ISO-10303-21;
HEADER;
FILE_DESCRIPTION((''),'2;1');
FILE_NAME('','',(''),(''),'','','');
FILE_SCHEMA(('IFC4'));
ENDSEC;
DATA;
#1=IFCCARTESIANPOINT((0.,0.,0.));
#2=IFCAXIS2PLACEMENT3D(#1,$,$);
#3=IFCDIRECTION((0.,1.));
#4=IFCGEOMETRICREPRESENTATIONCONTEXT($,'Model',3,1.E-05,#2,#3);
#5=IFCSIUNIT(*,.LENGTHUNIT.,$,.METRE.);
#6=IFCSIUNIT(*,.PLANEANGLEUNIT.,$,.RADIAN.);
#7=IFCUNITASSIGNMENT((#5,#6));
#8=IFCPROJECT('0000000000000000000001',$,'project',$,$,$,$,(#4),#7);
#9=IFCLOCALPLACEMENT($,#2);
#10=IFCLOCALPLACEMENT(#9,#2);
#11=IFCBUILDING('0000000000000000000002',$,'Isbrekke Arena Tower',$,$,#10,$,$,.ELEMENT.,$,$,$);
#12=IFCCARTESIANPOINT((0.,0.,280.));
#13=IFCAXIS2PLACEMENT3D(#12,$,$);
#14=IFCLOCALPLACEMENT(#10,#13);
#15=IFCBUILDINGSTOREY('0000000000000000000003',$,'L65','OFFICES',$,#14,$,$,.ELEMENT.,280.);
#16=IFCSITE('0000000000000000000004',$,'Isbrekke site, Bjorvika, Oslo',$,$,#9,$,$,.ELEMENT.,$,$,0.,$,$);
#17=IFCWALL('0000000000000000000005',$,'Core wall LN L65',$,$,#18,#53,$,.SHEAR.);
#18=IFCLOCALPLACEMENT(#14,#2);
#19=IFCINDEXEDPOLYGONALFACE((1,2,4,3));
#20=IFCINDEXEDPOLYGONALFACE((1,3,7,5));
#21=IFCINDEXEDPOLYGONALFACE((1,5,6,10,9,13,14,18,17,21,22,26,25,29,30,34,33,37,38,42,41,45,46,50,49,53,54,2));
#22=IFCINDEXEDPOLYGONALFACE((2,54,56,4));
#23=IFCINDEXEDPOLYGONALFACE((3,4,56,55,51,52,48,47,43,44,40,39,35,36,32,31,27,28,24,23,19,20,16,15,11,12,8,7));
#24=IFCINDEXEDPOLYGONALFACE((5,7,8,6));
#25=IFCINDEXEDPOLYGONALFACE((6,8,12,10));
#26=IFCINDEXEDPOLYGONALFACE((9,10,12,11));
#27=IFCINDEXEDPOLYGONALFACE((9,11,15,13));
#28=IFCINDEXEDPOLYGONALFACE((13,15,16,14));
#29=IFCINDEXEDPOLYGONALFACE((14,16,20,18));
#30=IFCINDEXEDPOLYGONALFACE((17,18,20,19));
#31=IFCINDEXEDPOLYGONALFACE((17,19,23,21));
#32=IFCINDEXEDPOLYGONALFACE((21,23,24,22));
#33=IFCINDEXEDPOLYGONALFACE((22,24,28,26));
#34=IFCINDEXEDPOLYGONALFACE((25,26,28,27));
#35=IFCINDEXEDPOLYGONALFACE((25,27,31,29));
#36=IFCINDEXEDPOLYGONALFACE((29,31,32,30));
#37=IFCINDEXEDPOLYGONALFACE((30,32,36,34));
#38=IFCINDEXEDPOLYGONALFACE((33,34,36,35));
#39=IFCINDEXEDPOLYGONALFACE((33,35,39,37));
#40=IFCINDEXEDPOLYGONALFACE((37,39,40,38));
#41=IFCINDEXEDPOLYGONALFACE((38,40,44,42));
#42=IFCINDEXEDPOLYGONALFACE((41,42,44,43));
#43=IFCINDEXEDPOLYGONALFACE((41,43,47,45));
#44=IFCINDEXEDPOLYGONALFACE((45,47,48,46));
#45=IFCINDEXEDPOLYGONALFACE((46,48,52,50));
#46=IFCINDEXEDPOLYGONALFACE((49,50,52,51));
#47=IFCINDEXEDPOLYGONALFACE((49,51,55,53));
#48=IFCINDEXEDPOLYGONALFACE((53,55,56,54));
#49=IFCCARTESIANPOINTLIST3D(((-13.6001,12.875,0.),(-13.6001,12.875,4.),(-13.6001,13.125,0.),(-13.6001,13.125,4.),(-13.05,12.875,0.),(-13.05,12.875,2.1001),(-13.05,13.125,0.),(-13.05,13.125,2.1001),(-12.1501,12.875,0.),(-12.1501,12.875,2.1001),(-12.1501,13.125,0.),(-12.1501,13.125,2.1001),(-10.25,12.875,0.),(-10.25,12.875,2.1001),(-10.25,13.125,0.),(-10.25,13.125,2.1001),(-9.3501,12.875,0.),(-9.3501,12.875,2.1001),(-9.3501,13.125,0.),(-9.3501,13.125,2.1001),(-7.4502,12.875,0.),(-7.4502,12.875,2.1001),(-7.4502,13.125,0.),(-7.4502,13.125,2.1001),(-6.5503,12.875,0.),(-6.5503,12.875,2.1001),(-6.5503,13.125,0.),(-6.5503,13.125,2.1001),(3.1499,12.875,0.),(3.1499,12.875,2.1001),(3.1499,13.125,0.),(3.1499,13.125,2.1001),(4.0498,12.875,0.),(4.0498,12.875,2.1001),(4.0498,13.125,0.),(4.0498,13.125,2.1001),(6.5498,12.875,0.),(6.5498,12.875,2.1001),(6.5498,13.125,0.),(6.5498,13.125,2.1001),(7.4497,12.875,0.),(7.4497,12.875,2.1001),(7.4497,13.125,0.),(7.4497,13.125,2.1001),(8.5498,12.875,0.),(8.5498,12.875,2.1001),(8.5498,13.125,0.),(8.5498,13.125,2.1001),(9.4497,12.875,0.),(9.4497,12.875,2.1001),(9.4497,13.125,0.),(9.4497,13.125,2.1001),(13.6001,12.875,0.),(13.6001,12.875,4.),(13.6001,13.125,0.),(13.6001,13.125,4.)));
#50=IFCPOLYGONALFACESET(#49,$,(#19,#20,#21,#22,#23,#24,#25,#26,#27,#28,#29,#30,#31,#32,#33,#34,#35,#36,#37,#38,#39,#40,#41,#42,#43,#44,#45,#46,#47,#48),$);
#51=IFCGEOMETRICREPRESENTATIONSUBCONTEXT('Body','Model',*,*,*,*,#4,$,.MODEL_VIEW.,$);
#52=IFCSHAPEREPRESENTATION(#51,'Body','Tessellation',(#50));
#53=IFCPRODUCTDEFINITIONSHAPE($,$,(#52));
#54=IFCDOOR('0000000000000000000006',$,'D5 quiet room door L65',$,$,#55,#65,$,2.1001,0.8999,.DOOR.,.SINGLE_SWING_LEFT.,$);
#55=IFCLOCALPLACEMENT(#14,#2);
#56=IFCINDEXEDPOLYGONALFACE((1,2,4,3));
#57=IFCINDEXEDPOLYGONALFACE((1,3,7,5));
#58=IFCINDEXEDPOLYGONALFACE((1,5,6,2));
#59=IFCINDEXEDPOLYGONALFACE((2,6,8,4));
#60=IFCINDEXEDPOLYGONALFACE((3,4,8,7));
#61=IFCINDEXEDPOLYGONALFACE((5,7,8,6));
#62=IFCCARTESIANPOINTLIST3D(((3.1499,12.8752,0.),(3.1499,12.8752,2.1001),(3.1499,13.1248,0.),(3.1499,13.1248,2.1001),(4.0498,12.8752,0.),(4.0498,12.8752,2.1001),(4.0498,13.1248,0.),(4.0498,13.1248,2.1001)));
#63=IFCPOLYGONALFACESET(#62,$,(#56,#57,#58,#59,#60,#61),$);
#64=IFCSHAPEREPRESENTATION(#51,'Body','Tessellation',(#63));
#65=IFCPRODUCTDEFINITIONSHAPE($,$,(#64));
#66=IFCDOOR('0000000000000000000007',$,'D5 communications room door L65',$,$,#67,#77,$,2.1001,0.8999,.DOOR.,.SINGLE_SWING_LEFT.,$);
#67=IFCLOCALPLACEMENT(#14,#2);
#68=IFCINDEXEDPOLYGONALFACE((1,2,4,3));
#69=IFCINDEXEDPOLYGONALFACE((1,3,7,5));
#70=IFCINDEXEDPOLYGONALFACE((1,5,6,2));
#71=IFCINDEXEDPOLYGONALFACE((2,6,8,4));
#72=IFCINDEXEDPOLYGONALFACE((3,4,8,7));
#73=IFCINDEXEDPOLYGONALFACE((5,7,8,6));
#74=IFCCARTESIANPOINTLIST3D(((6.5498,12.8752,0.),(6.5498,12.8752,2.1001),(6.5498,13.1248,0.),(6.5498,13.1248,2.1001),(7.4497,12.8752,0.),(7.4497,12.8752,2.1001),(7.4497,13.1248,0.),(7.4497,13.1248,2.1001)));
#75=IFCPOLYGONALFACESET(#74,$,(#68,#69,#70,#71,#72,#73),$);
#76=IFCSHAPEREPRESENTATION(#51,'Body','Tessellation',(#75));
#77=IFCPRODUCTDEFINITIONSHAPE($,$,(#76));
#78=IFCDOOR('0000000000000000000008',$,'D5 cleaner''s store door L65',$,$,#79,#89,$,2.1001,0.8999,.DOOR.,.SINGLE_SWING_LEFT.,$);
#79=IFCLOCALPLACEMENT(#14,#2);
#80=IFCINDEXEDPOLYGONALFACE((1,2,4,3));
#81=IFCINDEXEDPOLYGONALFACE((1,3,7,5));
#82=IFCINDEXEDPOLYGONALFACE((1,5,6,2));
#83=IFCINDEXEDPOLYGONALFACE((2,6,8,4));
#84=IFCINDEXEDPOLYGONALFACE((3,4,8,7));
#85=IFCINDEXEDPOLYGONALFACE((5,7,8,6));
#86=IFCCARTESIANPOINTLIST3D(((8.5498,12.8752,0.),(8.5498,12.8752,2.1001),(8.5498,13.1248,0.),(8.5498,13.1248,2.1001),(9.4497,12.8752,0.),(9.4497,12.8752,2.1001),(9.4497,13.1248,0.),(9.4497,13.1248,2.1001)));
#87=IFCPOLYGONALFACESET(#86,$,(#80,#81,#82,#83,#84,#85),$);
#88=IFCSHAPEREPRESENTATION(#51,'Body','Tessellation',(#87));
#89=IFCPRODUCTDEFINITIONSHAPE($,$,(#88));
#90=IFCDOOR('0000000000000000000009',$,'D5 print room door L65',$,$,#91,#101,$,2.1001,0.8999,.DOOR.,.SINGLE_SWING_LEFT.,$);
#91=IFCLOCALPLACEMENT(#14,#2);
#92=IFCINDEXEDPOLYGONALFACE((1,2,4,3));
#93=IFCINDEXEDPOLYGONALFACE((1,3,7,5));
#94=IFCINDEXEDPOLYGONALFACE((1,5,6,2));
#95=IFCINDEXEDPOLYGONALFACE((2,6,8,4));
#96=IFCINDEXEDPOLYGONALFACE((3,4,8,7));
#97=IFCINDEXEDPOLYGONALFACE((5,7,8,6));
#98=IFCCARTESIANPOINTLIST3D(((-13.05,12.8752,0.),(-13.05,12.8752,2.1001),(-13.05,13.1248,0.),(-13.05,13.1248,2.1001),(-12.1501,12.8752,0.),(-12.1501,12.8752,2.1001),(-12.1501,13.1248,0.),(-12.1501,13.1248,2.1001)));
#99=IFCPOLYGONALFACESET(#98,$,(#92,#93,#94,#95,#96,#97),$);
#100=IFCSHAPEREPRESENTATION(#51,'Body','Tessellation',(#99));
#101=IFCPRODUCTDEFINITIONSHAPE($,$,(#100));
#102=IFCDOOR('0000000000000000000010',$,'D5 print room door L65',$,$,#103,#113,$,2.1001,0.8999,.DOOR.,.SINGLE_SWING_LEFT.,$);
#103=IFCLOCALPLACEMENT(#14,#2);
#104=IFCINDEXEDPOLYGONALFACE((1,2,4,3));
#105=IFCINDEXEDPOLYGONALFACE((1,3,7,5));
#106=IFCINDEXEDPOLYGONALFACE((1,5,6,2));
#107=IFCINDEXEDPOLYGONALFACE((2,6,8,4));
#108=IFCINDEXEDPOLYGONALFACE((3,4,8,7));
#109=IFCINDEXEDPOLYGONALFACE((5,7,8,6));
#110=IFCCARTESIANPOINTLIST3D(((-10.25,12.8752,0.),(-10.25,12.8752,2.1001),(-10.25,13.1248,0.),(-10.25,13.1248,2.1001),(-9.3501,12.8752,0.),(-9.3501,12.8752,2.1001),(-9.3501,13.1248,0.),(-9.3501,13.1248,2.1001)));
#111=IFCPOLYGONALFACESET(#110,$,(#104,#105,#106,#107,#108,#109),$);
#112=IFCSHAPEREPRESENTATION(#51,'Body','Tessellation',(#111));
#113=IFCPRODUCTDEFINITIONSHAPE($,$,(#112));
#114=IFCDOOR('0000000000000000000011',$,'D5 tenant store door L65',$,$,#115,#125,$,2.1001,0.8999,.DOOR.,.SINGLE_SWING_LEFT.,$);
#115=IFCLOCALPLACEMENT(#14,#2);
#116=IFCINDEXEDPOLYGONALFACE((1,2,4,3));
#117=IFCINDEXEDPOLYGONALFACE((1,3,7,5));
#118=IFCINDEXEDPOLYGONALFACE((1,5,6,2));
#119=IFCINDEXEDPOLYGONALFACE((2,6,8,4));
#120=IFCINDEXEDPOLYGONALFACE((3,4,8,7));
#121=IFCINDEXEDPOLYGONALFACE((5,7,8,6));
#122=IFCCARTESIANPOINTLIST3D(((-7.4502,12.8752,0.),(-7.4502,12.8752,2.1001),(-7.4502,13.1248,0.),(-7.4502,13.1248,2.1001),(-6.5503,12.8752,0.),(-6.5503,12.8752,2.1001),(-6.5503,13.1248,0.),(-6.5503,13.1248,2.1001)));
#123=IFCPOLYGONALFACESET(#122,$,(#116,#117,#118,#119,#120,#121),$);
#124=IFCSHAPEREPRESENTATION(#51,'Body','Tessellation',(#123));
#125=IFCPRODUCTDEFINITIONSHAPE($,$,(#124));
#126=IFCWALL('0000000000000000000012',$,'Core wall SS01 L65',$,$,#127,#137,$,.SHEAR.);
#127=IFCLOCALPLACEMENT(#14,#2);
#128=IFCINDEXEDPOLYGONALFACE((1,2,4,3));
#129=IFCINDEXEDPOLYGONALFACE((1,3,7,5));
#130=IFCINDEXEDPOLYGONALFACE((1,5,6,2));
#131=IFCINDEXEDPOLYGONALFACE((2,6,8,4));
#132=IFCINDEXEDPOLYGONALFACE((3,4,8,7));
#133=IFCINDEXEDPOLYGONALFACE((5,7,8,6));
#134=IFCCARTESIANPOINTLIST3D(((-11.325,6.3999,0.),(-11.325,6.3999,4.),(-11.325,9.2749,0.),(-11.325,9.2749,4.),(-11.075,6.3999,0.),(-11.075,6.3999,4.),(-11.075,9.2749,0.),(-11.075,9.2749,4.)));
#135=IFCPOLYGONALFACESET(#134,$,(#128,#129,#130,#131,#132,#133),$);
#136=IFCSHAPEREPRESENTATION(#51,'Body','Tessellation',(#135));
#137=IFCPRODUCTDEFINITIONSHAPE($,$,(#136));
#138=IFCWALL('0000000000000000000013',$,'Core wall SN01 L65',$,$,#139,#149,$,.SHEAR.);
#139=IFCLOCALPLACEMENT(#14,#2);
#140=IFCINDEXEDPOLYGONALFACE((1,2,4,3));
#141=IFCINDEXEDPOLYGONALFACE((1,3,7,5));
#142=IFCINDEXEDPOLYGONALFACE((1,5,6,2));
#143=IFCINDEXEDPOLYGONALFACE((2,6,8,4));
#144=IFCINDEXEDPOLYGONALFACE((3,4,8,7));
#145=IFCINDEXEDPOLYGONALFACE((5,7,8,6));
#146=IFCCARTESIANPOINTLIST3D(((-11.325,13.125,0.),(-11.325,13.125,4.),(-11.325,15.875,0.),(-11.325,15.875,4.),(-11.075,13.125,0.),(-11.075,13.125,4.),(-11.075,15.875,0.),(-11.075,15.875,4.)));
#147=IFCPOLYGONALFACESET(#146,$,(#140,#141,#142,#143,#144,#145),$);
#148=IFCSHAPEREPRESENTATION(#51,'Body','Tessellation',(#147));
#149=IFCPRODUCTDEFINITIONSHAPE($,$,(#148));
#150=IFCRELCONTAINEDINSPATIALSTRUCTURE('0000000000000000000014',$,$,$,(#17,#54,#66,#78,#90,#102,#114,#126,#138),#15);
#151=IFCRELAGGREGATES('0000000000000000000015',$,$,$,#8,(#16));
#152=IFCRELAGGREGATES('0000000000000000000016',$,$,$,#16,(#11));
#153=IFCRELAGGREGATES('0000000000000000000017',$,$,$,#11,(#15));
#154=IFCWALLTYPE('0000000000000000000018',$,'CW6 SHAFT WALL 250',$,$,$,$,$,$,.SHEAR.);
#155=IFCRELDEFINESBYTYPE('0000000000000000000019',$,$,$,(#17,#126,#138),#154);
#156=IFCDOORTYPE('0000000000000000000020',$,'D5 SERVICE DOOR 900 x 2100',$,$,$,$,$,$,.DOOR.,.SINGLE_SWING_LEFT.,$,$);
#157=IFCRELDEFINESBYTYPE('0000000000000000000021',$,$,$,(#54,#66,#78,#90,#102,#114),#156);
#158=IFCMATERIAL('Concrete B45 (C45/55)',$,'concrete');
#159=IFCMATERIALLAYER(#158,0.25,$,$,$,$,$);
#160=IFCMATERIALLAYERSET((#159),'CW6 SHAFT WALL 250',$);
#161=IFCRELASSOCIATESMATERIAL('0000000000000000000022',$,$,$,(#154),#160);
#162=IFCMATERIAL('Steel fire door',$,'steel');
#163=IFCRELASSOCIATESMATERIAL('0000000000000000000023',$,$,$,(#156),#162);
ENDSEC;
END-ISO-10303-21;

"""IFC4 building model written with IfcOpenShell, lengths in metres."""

from ifc_helpers import new_model, si_unit, direction, frame, frame_2d, origin, place, context, subcontext, project, spatial, rectangle, extrude, material, layer, layer_set, type_object, element, fill, save


model = new_model("IFC4")

# Units and contexts
model_context = context("Model", 3, precision=1e-05, world=origin(), true_north=direction((0.0, 1.0)))
body_context = subcontext(model_context, "Body", "Model", "MODEL_VIEW")
ifc_project = project(units=[si_unit("LENGTHUNIT", "METRE"), si_unit("PLANEANGLEUNIT", "RADIAN")], contexts=[model_context])

# Site, building, storey
site_placement = place(None, origin())
site = spatial("IfcSite", under=ifc_project, at=site_placement, Name="Isbrekke site, Bjorvika, Oslo", CompositionType="ELEMENT", RefElevation=0.0)
building_placement = place(site_placement, origin())
building = spatial("IfcBuilding", under=site, at=building_placement, Name="Isbrekke Arena Tower", CompositionType="ELEMENT")
storey_placement = place(building_placement, frame((0.0, 0.0, 280.0)))
storey = spatial("IfcBuildingStorey", under=building, at=storey_placement, Name="L65", Description="OFFICES", CompositionType="ELEMENT", Elevation=280.0)

# Wall, openings, doors
ifc_material_1 = material(Name="Concrete B45 (C45/55)", Category="concrete")
ifc_layer_1 = layer(ifc_material_1, 0.25)
ifc_layer_set_1 = layer_set([ifc_layer_1], Name="CW6 SHAFT WALL 250")
wall_type_1 = type_object("IfcWallType", Name="CW6 SHAFT WALL 250", PredefinedType="SHEAR", material=ifc_layer_set_1)
ifc_material_2 = material(Name="Steel fire door", Category="steel")
door_type_1 = type_object("IfcDoorType", Name="D5 SERVICE DOOR 900 x 2100", OperationType="SINGLE_SWING_LEFT", PredefinedType="DOOR", material=ifc_material_2)
wall_1_placement = place(storey_placement, frame((-13.6001, 13.0, 0.0), z_axis=(0.0, 0.0, 1.0), x_axis=(1.0, 0.0, 0.0)))
wall_1 = element("IfcWall", 1, at=wall_1_placement, inside=storey, type_object=wall_type_1, Name="Core wall LN L65", PredefinedType="SHEAR", context=body_context, shape_type="SweptSolid", body=[
    extrude(rectangle(XDim=27.2002, YDim=0.25, at=frame_2d((13.6001, 0.0))), origin(), (0.0, 0.0, 1.0), 4.0),
])
opening_1_placement = place(wall_1_placement, frame((16.75, 0.0, 0.0)))
opening_1 = element("IfcOpeningElement", 2, at=opening_1_placement, cuts=wall_1, PredefinedType="OPENING", context=body_context, shape_type="SweptSolid", body=[
    extrude(rectangle(XDim=0.8999, YDim=2.1001, at=frame_2d((0.45, 1.05))), frame((0.0, 0.1399, 0.0), z_axis=(0.0, -1.0, 0.0), x_axis=(1.0, 0.0, 0.0)), (0.0, 0.0, 1.0), 0.2798),
])
opening_2_placement = place(wall_1_placement, frame((20.1499, 0.0, 0.0)))
opening_2 = element("IfcOpeningElement", 3, at=opening_2_placement, cuts=wall_1, PredefinedType="OPENING", context=body_context, shape_type="SweptSolid", body=[
    extrude(rectangle(XDim=0.8999, YDim=2.1001, at=frame_2d((0.45, 1.05))), frame((0.0, 0.1399, 0.0), z_axis=(0.0, -1.0, 0.0), x_axis=(1.0, 0.0, 0.0)), (0.0, 0.0, 1.0), 0.2798),
])
opening_3_placement = place(wall_1_placement, frame((22.1499, 0.0, 0.0)))
opening_3 = element("IfcOpeningElement", 4, at=opening_3_placement, cuts=wall_1, PredefinedType="OPENING", context=body_context, shape_type="SweptSolid", body=[
    extrude(rectangle(XDim=0.8999, YDim=2.1001, at=frame_2d((0.45, 1.05))), frame((0.0, 0.1399, 0.0), z_axis=(0.0, -1.0, 0.0), x_axis=(1.0, 0.0, 0.0)), (0.0, 0.0, 1.0), 0.2798),
])
opening_4_placement = place(wall_1_placement, frame((0.55, 0.0, 0.0)))
opening_4 = element("IfcOpeningElement", 5, at=opening_4_placement, cuts=wall_1, PredefinedType="OPENING", context=body_context, shape_type="SweptSolid", body=[
    extrude(rectangle(XDim=0.8999, YDim=2.1001, at=frame_2d((0.45, 1.05))), frame((0.0, 0.1399, 0.0), z_axis=(0.0, -1.0, 0.0), x_axis=(1.0, 0.0, 0.0)), (0.0, 0.0, 1.0), 0.2798),
])
opening_5_placement = place(wall_1_placement, frame((3.3501, 0.0, 0.0)))
opening_5 = element("IfcOpeningElement", 6, at=opening_5_placement, cuts=wall_1, PredefinedType="OPENING", context=body_context, shape_type="SweptSolid", body=[
    extrude(rectangle(XDim=0.8999, YDim=2.1001, at=frame_2d((0.45, 1.05))), frame((0.0, 0.1399, 0.0), z_axis=(0.0, -1.0, 0.0), x_axis=(1.0, 0.0, 0.0)), (0.0, 0.0, 1.0), 0.2798),
])
opening_6_placement = place(wall_1_placement, frame((6.1499, 0.0, 0.0)))
opening_6 = element("IfcOpeningElement", 7, at=opening_6_placement, cuts=wall_1, PredefinedType="OPENING", context=body_context, shape_type="SweptSolid", body=[
    extrude(rectangle(XDim=0.8999, YDim=2.1001, at=frame_2d((0.45, 1.05))), frame((0.0, 0.1399, 0.0), z_axis=(0.0, -1.0, 0.0), x_axis=(1.0, 0.0, 0.0)), (0.0, 0.0, 1.0), 0.2798),
])
door_1_placement = place(opening_1_placement, origin())
door_1 = element("IfcDoor", 8, at=door_1_placement, inside=storey, type_object=door_type_1, Name="D5 quiet room door L65", OperationType="SINGLE_SWING_LEFT", OverallHeight=2.1001, OverallWidth=0.8999, PredefinedType="DOOR", context=body_context, shape_type="SweptSolid", body=[
    extrude(rectangle(XDim=0.8999, YDim=2.1001, at=frame_2d((0.45, 1.05))), frame((0.0, 0.1248, 0.0), z_axis=(0.0, -1.0, 0.0), x_axis=(1.0, 0.0, 0.0)), (0.0, 0.0, 1.0), 0.2495),
])
fill(opening_1, door_1)
door_2_placement = place(opening_2_placement, origin())
door_2 = element("IfcDoor", 9, at=door_2_placement, inside=storey, type_object=door_type_1, Name="D5 communications room door L65", OperationType="SINGLE_SWING_LEFT", OverallHeight=2.1001, OverallWidth=0.8999, PredefinedType="DOOR", context=body_context, shape_type="SweptSolid", body=[
    extrude(rectangle(XDim=0.8999, YDim=2.1001, at=frame_2d((0.45, 1.05))), frame((0.0, 0.1248, 0.0), z_axis=(0.0, -1.0, 0.0), x_axis=(1.0, 0.0, 0.0)), (0.0, 0.0, 1.0), 0.2495),
])
fill(opening_2, door_2)
door_3_placement = place(opening_3_placement, origin())
door_3 = element("IfcDoor", 10, at=door_3_placement, inside=storey, type_object=door_type_1, Name="D5 cleaner's store door L65", OperationType="SINGLE_SWING_LEFT", OverallHeight=2.1001, OverallWidth=0.8999, PredefinedType="DOOR", context=body_context, shape_type="SweptSolid", body=[
    extrude(rectangle(XDim=0.8999, YDim=2.1001, at=frame_2d((0.45, 1.05))), frame((0.0, 0.1248, 0.0), z_axis=(0.0, -1.0, 0.0), x_axis=(1.0, 0.0, 0.0)), (0.0, 0.0, 1.0), 0.2495),
])
fill(opening_3, door_3)
door_4_placement = place(opening_4_placement, origin())
door_4 = element("IfcDoor", 11, at=door_4_placement, inside=storey, type_object=door_type_1, Name="D5 print room door L65", OperationType="SINGLE_SWING_LEFT", OverallHeight=2.1001, OverallWidth=0.8999, PredefinedType="DOOR", context=body_context, shape_type="SweptSolid", body=[
    extrude(rectangle(XDim=0.8999, YDim=2.1001, at=frame_2d((0.45, 1.05))), frame((0.0, 0.1248, 0.0), z_axis=(0.0, -1.0, 0.0), x_axis=(1.0, 0.0, 0.0)), (0.0, 0.0, 1.0), 0.2495),
])
fill(opening_4, door_4)
door_5_placement = place(opening_5_placement, origin())
door_5 = element("IfcDoor", 12, at=door_5_placement, inside=storey, type_object=door_type_1, Name="D5 print room door L65", OperationType="SINGLE_SWING_LEFT", OverallHeight=2.1001, OverallWidth=0.8999, PredefinedType="DOOR", context=body_context, shape_type="SweptSolid", body=[
    extrude(rectangle(XDim=0.8999, YDim=2.1001, at=frame_2d((0.45, 1.05))), frame((0.0, 0.1248, 0.0), z_axis=(0.0, -1.0, 0.0), x_axis=(1.0, 0.0, 0.0)), (0.0, 0.0, 1.0), 0.2495),
])
fill(opening_5, door_5)
door_6_placement = place(opening_6_placement, origin())
door_6 = element("IfcDoor", 13, at=door_6_placement, inside=storey, type_object=door_type_1, Name="D5 tenant store door L65", OperationType="SINGLE_SWING_LEFT", OverallHeight=2.1001, OverallWidth=0.8999, PredefinedType="DOOR", context=body_context, shape_type="SweptSolid", body=[
    extrude(rectangle(XDim=0.8999, YDim=2.1001, at=frame_2d((0.45, 1.05))), frame((0.0, 0.1248, 0.0), z_axis=(0.0, -1.0, 0.0), x_axis=(1.0, 0.0, 0.0)), (0.0, 0.0, 1.0), 0.2495),
])
fill(opening_6, door_6)

# Walls
wall_2_placement = place(storey_placement, frame((-11.2, 6.3999, 0.0), z_axis=(0.0, 0.0, 1.0), x_axis=(0.0, 1.0, 0.0)))
element("IfcWall", 14, at=wall_2_placement, inside=storey, type_object=wall_type_1, Name="Core wall SS01 L65", PredefinedType="SHEAR", context=body_context, shape_type="SweptSolid", body=[
    extrude(rectangle(XDim=2.875, YDim=0.25, at=frame_2d((1.4375, 0.0))), origin(), (0.0, 0.0, 1.0), 4.0),
])
wall_3_placement = place(storey_placement, frame((-11.2, 13.125, 0.0), z_axis=(0.0, 0.0, 1.0), x_axis=(0.0, 1.0, 0.0)))
element("IfcWall", 15, at=wall_3_placement, inside=storey, type_object=wall_type_1, Name="Core wall SN01 L65", PredefinedType="SHEAR", context=body_context, shape_type="SweptSolid", body=[
    extrude(rectangle(XDim=2.75, YDim=0.25, at=frame_2d((1.375, 0.0))), origin(), (0.0, 0.0, 1.0), 4.0),
])

save(model, "model.ifc")
